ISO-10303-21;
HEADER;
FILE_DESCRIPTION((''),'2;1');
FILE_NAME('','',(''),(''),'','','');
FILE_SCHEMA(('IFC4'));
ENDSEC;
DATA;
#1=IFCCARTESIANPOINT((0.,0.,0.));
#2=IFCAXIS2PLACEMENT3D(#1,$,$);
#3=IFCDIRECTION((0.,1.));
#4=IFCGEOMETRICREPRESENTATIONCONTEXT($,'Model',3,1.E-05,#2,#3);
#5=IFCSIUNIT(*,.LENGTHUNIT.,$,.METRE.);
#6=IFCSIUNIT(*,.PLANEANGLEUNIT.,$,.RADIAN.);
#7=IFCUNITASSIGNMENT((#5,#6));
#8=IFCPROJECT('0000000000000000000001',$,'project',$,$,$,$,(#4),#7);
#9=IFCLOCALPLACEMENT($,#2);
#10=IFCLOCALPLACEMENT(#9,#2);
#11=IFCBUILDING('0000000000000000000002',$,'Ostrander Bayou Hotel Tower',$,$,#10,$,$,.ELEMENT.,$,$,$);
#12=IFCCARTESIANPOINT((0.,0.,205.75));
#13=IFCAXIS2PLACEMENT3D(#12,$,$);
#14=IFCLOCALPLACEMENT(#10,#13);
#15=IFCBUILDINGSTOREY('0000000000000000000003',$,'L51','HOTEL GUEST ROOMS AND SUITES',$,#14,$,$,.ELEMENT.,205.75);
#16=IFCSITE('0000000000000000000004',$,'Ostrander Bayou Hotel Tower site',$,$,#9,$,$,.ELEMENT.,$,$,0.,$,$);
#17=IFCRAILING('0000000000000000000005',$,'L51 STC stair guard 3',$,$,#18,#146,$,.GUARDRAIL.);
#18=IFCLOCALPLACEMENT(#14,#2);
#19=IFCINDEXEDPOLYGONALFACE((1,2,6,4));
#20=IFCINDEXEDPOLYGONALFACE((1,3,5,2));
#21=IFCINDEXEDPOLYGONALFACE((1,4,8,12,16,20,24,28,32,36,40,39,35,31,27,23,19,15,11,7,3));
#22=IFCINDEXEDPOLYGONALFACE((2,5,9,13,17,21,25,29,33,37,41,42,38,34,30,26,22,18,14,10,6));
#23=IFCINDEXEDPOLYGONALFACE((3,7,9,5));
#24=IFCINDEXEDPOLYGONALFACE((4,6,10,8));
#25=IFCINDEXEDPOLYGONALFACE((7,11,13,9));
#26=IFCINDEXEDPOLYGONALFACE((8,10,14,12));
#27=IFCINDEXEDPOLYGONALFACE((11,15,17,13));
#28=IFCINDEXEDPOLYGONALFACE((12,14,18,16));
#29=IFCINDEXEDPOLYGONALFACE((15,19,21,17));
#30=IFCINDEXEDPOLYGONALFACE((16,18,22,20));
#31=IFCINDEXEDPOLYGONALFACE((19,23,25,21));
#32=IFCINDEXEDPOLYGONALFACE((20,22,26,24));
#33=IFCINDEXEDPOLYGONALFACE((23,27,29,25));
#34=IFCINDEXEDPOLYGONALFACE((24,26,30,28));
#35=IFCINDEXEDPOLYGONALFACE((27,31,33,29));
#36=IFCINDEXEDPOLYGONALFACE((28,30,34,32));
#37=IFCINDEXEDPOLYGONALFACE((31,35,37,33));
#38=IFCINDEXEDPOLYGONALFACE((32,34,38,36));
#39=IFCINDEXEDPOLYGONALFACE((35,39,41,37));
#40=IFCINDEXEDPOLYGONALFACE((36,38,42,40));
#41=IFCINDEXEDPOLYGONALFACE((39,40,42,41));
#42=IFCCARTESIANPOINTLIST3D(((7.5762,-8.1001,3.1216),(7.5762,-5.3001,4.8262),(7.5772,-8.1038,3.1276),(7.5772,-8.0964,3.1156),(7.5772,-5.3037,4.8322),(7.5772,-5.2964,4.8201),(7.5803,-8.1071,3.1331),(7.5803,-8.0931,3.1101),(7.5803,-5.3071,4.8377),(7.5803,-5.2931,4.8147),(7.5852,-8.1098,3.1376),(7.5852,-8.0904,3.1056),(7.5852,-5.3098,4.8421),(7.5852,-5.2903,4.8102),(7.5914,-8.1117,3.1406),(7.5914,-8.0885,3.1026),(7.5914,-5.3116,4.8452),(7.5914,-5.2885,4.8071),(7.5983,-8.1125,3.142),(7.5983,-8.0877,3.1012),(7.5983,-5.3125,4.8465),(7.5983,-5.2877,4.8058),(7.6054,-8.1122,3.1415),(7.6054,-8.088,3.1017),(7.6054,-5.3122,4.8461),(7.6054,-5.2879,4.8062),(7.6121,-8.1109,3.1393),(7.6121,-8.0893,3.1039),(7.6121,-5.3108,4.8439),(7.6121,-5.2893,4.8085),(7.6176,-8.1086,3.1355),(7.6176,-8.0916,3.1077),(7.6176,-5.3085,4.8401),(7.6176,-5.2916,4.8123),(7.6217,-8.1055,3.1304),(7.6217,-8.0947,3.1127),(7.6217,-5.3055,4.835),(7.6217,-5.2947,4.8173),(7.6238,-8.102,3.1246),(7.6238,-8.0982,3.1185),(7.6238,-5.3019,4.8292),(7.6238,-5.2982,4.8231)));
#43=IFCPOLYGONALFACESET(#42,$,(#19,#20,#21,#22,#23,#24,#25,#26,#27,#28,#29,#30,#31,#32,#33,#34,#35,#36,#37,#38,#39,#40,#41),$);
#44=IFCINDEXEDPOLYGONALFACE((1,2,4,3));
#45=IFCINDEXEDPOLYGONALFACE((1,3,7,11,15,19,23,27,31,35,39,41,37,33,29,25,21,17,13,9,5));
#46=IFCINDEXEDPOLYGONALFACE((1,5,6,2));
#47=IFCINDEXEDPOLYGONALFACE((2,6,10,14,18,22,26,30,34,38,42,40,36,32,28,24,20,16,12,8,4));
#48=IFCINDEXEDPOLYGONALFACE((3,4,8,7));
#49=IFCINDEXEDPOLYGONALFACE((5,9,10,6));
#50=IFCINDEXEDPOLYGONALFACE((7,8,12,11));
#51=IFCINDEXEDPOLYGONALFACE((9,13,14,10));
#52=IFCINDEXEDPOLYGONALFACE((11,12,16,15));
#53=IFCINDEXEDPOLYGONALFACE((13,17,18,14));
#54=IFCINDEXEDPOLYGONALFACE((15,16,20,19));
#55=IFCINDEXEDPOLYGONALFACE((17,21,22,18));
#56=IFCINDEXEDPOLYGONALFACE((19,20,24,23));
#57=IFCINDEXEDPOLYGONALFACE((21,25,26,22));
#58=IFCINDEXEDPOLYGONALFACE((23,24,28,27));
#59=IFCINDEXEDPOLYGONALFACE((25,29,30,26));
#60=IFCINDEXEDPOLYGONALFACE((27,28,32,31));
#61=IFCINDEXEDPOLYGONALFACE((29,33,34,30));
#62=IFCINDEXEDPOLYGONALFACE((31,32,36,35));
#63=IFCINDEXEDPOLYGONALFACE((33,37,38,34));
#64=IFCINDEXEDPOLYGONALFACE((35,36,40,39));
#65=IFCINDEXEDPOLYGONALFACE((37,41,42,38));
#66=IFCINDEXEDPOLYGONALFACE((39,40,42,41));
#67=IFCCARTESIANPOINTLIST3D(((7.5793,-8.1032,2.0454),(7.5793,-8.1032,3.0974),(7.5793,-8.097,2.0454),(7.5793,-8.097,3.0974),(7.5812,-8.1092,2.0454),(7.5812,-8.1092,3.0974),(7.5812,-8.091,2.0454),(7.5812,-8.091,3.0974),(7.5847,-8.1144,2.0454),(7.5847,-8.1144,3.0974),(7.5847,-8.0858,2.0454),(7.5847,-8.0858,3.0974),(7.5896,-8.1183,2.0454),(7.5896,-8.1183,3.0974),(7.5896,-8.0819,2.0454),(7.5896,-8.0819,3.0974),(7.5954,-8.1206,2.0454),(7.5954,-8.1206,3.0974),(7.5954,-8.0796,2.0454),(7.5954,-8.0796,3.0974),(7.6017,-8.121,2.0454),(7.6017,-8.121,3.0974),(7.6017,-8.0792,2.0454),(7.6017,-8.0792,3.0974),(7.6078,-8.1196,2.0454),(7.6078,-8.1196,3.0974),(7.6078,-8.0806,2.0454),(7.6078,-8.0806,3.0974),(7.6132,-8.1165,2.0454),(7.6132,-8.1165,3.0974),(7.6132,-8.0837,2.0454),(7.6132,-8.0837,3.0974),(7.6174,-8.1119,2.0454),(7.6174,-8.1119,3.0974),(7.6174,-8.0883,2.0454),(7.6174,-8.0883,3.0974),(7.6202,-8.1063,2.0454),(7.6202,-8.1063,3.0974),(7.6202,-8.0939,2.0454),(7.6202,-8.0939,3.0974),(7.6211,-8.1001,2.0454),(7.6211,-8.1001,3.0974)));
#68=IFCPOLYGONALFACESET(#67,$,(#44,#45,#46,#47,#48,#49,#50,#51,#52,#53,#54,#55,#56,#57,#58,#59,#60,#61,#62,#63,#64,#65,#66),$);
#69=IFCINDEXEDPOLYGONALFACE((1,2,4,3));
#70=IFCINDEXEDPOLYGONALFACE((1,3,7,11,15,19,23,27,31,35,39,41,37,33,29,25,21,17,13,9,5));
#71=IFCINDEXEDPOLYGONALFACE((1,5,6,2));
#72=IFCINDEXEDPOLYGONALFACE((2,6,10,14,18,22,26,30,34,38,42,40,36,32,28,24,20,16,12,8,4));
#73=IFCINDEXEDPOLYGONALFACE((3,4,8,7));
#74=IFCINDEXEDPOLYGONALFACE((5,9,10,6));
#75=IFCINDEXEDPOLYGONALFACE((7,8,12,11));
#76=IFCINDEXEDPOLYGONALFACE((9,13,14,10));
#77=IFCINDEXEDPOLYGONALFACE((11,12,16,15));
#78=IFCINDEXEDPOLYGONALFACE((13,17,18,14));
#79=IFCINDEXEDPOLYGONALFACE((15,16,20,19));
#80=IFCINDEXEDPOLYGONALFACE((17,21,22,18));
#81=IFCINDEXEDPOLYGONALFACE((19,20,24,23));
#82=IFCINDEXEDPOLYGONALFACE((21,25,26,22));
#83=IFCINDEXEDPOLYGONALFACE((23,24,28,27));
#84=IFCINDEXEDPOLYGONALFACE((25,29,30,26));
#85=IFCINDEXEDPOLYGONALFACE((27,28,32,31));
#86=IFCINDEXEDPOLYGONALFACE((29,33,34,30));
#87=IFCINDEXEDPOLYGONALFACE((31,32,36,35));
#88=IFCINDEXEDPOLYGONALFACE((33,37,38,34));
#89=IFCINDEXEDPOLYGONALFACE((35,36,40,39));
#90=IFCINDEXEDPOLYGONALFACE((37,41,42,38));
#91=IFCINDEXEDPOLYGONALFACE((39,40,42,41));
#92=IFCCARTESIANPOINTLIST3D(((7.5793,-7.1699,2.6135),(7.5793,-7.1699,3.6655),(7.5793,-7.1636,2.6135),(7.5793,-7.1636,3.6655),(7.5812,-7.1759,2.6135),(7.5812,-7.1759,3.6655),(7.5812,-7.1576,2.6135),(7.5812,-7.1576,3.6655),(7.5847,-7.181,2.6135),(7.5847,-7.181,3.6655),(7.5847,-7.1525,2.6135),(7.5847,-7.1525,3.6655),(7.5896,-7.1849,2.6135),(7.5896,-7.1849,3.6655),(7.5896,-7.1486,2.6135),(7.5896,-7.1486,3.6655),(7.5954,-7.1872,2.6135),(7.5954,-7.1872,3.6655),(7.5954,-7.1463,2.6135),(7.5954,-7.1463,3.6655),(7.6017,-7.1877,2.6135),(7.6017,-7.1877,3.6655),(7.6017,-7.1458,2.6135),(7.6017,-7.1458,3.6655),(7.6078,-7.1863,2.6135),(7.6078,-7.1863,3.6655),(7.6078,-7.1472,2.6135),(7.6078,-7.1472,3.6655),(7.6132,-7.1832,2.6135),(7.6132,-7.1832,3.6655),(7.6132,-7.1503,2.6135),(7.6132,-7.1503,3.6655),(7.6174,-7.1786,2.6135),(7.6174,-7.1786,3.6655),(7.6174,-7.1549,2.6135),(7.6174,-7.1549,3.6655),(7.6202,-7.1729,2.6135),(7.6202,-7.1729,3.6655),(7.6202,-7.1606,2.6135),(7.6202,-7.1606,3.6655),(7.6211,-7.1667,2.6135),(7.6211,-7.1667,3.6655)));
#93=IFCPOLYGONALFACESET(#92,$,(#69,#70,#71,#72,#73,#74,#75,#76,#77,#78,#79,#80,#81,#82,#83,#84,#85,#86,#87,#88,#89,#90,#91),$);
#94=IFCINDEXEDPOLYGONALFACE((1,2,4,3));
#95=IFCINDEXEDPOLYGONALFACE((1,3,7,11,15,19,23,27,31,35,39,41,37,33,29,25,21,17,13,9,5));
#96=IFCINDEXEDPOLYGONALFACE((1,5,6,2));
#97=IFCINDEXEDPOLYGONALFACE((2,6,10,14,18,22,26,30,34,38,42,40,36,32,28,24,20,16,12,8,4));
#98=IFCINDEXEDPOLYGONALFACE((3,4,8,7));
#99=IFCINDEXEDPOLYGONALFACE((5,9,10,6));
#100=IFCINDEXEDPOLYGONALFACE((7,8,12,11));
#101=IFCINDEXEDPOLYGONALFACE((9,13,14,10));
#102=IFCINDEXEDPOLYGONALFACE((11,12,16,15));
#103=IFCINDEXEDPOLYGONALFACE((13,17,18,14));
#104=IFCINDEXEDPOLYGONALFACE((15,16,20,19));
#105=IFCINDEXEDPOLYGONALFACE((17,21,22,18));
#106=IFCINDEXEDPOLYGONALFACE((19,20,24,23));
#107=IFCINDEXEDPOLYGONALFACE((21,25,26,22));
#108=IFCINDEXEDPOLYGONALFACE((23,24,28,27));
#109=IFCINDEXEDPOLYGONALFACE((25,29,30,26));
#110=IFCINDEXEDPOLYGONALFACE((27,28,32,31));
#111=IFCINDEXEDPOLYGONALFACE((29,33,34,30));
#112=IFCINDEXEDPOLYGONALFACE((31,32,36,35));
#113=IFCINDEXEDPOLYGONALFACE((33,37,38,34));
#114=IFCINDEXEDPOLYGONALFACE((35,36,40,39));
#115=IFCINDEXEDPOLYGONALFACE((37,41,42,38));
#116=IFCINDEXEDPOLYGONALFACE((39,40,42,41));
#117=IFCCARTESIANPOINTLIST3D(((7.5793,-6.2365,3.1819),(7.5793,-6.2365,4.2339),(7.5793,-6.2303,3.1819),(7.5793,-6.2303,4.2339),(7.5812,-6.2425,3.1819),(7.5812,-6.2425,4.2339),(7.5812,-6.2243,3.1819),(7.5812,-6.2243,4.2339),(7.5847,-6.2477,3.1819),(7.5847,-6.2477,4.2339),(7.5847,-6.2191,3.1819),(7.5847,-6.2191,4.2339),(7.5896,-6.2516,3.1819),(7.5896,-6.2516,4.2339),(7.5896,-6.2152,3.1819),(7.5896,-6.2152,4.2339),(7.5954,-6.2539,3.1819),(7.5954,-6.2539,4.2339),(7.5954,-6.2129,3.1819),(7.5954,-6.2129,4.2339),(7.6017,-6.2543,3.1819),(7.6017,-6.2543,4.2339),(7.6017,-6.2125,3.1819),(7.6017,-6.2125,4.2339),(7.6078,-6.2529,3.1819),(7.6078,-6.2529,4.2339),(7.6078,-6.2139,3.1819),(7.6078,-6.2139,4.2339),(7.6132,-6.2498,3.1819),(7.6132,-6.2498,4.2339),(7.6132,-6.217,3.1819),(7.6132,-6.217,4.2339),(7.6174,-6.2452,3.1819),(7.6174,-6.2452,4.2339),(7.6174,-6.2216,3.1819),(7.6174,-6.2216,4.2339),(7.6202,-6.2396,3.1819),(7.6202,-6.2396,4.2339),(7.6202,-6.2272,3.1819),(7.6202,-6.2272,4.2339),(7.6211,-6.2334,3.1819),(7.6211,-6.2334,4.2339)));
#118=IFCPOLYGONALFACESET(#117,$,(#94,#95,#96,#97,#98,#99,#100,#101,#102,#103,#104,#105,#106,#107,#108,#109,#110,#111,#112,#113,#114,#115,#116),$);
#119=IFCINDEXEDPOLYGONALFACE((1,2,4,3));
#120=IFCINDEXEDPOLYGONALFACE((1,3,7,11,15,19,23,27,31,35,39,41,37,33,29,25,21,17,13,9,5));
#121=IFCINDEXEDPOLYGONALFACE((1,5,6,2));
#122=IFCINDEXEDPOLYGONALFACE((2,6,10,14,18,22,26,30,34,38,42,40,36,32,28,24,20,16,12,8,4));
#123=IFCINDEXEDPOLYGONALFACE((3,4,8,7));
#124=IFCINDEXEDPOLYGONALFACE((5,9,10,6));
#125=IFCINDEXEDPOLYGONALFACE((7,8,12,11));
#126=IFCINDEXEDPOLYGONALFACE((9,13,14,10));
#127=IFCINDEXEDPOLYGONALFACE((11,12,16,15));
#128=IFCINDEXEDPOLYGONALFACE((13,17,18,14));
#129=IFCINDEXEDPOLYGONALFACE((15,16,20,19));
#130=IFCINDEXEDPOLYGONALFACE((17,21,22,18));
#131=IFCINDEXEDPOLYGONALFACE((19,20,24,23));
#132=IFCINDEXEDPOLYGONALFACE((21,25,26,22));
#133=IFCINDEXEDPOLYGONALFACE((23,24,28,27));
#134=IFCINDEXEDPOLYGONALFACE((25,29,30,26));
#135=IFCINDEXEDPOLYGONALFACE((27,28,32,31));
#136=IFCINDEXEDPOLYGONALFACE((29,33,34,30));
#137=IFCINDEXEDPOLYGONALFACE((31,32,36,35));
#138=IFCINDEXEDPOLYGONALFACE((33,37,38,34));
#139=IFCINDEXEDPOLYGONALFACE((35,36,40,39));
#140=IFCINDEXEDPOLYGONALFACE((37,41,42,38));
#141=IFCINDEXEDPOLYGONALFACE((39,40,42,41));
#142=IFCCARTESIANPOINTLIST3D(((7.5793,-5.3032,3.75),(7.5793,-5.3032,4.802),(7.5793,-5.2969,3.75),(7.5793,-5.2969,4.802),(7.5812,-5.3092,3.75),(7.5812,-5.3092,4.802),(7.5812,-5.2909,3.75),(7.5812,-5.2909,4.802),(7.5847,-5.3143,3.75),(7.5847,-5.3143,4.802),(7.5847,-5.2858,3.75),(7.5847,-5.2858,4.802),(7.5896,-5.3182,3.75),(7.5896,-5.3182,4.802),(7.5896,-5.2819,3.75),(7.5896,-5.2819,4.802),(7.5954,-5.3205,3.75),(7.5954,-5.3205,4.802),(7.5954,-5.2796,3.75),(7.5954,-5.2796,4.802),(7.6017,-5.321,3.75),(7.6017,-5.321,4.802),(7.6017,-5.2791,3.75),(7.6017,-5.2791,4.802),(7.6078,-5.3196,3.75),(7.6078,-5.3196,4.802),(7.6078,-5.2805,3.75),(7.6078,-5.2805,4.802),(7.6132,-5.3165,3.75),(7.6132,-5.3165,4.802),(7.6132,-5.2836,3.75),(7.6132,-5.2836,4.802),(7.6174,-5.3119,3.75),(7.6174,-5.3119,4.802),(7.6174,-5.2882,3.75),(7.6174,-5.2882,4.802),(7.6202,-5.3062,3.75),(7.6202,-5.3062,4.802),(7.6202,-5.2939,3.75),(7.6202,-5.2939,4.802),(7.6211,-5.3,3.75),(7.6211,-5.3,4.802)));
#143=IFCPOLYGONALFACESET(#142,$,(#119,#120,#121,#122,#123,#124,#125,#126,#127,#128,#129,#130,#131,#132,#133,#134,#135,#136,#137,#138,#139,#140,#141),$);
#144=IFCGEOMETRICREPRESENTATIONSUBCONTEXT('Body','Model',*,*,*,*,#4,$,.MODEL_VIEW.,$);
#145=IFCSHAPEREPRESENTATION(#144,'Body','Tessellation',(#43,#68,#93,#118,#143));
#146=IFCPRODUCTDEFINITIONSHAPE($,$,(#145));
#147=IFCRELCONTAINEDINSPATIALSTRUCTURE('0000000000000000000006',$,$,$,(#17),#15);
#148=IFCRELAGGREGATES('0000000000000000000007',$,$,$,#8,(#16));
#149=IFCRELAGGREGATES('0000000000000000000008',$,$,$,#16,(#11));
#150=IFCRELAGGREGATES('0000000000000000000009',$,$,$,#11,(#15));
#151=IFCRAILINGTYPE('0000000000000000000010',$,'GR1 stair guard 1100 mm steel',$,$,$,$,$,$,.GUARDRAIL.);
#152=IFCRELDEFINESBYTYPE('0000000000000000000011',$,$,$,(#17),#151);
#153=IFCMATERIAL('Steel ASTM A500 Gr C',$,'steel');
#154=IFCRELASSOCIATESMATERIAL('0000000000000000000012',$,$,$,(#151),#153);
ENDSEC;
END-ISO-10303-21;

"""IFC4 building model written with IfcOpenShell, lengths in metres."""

from ifc_helpers import new_model, si_unit, direction, frame, origin, origin_2d, place, context, subcontext, project, spatial, circle, extrude, material, type_object, element, save


model = new_model("IFC4")

# Units and contexts
model_context = context("Model", 3, precision=1e-05, world=origin(), true_north=direction((0.0, 1.0)))
body_context = subcontext(model_context, "Body", "Model", "MODEL_VIEW")
ifc_project = project(units=[si_unit("LENGTHUNIT", "METRE"), si_unit("PLANEANGLEUNIT", "RADIAN")], contexts=[model_context])

# Site, building, storey
site_placement = place(None, origin())
site = spatial("IfcSite", under=ifc_project, at=site_placement, Name="Ostrander Bayou Hotel Tower site", CompositionType="ELEMENT", RefElevation=0.0)
building_placement = place(site_placement, origin())
building = spatial("IfcBuilding", under=site, at=building_placement, Name="Ostrander Bayou Hotel Tower", CompositionType="ELEMENT")
storey_placement = place(building_placement, frame((0.0, 0.0, 205.75)))
storey = spatial("IfcBuildingStorey", under=building, at=storey_placement, Name="L51", Description="HOTEL GUEST ROOMS AND SUITES", CompositionType="ELEMENT", Elevation=205.75)

# Railing
ifc_material_1 = material(Name="Steel ASTM A500 Gr C", Category="steel")
railing_type_1 = type_object("IfcRailingType", Name="GR1 stair guard 1100 mm steel", PredefinedType="GUARDRAIL", material=ifc_material_1)
railing_1_placement = place(storey_placement, frame((7.6001, -8.1001, 2.0454)))
element("IfcRailing", 1, at=railing_1_placement, inside=storey, type_object=railing_type_1, Name="L51 STC stair guard 3", PredefinedType="GUARDRAIL", context=body_context, shape_type="SweptSolid", body=[
    extrude(circle(Radius=0.0239, at=origin_2d()), frame((0.0, 0.0, 1.0762), z_axis=(0.0, 0.85417, 0.519994), x_axis=(-1.0, 0.0, 0.0)), (0.0, 0.0, 1.0), 3.2781),
    extrude(circle(Radius=0.021, at=origin_2d()), origin(), (0.0, 0.0, 1.0), 1.052),
    extrude(circle(Radius=0.021, at=origin_2d()), frame((0.0, 0.9333, 0.5681)), (0.0, 0.0, 1.0), 1.052),
    extrude(circle(Radius=0.021, at=origin_2d()), frame((0.0, 1.8667, 1.1365)), (0.0, 0.0, 1.0), 1.052),
    extrude(circle(Radius=0.021, at=origin_2d()), frame((0.0, 2.8, 1.7046)), (0.0, 0.0, 1.0), 1.052),
])

save(model, "model.ifc")
